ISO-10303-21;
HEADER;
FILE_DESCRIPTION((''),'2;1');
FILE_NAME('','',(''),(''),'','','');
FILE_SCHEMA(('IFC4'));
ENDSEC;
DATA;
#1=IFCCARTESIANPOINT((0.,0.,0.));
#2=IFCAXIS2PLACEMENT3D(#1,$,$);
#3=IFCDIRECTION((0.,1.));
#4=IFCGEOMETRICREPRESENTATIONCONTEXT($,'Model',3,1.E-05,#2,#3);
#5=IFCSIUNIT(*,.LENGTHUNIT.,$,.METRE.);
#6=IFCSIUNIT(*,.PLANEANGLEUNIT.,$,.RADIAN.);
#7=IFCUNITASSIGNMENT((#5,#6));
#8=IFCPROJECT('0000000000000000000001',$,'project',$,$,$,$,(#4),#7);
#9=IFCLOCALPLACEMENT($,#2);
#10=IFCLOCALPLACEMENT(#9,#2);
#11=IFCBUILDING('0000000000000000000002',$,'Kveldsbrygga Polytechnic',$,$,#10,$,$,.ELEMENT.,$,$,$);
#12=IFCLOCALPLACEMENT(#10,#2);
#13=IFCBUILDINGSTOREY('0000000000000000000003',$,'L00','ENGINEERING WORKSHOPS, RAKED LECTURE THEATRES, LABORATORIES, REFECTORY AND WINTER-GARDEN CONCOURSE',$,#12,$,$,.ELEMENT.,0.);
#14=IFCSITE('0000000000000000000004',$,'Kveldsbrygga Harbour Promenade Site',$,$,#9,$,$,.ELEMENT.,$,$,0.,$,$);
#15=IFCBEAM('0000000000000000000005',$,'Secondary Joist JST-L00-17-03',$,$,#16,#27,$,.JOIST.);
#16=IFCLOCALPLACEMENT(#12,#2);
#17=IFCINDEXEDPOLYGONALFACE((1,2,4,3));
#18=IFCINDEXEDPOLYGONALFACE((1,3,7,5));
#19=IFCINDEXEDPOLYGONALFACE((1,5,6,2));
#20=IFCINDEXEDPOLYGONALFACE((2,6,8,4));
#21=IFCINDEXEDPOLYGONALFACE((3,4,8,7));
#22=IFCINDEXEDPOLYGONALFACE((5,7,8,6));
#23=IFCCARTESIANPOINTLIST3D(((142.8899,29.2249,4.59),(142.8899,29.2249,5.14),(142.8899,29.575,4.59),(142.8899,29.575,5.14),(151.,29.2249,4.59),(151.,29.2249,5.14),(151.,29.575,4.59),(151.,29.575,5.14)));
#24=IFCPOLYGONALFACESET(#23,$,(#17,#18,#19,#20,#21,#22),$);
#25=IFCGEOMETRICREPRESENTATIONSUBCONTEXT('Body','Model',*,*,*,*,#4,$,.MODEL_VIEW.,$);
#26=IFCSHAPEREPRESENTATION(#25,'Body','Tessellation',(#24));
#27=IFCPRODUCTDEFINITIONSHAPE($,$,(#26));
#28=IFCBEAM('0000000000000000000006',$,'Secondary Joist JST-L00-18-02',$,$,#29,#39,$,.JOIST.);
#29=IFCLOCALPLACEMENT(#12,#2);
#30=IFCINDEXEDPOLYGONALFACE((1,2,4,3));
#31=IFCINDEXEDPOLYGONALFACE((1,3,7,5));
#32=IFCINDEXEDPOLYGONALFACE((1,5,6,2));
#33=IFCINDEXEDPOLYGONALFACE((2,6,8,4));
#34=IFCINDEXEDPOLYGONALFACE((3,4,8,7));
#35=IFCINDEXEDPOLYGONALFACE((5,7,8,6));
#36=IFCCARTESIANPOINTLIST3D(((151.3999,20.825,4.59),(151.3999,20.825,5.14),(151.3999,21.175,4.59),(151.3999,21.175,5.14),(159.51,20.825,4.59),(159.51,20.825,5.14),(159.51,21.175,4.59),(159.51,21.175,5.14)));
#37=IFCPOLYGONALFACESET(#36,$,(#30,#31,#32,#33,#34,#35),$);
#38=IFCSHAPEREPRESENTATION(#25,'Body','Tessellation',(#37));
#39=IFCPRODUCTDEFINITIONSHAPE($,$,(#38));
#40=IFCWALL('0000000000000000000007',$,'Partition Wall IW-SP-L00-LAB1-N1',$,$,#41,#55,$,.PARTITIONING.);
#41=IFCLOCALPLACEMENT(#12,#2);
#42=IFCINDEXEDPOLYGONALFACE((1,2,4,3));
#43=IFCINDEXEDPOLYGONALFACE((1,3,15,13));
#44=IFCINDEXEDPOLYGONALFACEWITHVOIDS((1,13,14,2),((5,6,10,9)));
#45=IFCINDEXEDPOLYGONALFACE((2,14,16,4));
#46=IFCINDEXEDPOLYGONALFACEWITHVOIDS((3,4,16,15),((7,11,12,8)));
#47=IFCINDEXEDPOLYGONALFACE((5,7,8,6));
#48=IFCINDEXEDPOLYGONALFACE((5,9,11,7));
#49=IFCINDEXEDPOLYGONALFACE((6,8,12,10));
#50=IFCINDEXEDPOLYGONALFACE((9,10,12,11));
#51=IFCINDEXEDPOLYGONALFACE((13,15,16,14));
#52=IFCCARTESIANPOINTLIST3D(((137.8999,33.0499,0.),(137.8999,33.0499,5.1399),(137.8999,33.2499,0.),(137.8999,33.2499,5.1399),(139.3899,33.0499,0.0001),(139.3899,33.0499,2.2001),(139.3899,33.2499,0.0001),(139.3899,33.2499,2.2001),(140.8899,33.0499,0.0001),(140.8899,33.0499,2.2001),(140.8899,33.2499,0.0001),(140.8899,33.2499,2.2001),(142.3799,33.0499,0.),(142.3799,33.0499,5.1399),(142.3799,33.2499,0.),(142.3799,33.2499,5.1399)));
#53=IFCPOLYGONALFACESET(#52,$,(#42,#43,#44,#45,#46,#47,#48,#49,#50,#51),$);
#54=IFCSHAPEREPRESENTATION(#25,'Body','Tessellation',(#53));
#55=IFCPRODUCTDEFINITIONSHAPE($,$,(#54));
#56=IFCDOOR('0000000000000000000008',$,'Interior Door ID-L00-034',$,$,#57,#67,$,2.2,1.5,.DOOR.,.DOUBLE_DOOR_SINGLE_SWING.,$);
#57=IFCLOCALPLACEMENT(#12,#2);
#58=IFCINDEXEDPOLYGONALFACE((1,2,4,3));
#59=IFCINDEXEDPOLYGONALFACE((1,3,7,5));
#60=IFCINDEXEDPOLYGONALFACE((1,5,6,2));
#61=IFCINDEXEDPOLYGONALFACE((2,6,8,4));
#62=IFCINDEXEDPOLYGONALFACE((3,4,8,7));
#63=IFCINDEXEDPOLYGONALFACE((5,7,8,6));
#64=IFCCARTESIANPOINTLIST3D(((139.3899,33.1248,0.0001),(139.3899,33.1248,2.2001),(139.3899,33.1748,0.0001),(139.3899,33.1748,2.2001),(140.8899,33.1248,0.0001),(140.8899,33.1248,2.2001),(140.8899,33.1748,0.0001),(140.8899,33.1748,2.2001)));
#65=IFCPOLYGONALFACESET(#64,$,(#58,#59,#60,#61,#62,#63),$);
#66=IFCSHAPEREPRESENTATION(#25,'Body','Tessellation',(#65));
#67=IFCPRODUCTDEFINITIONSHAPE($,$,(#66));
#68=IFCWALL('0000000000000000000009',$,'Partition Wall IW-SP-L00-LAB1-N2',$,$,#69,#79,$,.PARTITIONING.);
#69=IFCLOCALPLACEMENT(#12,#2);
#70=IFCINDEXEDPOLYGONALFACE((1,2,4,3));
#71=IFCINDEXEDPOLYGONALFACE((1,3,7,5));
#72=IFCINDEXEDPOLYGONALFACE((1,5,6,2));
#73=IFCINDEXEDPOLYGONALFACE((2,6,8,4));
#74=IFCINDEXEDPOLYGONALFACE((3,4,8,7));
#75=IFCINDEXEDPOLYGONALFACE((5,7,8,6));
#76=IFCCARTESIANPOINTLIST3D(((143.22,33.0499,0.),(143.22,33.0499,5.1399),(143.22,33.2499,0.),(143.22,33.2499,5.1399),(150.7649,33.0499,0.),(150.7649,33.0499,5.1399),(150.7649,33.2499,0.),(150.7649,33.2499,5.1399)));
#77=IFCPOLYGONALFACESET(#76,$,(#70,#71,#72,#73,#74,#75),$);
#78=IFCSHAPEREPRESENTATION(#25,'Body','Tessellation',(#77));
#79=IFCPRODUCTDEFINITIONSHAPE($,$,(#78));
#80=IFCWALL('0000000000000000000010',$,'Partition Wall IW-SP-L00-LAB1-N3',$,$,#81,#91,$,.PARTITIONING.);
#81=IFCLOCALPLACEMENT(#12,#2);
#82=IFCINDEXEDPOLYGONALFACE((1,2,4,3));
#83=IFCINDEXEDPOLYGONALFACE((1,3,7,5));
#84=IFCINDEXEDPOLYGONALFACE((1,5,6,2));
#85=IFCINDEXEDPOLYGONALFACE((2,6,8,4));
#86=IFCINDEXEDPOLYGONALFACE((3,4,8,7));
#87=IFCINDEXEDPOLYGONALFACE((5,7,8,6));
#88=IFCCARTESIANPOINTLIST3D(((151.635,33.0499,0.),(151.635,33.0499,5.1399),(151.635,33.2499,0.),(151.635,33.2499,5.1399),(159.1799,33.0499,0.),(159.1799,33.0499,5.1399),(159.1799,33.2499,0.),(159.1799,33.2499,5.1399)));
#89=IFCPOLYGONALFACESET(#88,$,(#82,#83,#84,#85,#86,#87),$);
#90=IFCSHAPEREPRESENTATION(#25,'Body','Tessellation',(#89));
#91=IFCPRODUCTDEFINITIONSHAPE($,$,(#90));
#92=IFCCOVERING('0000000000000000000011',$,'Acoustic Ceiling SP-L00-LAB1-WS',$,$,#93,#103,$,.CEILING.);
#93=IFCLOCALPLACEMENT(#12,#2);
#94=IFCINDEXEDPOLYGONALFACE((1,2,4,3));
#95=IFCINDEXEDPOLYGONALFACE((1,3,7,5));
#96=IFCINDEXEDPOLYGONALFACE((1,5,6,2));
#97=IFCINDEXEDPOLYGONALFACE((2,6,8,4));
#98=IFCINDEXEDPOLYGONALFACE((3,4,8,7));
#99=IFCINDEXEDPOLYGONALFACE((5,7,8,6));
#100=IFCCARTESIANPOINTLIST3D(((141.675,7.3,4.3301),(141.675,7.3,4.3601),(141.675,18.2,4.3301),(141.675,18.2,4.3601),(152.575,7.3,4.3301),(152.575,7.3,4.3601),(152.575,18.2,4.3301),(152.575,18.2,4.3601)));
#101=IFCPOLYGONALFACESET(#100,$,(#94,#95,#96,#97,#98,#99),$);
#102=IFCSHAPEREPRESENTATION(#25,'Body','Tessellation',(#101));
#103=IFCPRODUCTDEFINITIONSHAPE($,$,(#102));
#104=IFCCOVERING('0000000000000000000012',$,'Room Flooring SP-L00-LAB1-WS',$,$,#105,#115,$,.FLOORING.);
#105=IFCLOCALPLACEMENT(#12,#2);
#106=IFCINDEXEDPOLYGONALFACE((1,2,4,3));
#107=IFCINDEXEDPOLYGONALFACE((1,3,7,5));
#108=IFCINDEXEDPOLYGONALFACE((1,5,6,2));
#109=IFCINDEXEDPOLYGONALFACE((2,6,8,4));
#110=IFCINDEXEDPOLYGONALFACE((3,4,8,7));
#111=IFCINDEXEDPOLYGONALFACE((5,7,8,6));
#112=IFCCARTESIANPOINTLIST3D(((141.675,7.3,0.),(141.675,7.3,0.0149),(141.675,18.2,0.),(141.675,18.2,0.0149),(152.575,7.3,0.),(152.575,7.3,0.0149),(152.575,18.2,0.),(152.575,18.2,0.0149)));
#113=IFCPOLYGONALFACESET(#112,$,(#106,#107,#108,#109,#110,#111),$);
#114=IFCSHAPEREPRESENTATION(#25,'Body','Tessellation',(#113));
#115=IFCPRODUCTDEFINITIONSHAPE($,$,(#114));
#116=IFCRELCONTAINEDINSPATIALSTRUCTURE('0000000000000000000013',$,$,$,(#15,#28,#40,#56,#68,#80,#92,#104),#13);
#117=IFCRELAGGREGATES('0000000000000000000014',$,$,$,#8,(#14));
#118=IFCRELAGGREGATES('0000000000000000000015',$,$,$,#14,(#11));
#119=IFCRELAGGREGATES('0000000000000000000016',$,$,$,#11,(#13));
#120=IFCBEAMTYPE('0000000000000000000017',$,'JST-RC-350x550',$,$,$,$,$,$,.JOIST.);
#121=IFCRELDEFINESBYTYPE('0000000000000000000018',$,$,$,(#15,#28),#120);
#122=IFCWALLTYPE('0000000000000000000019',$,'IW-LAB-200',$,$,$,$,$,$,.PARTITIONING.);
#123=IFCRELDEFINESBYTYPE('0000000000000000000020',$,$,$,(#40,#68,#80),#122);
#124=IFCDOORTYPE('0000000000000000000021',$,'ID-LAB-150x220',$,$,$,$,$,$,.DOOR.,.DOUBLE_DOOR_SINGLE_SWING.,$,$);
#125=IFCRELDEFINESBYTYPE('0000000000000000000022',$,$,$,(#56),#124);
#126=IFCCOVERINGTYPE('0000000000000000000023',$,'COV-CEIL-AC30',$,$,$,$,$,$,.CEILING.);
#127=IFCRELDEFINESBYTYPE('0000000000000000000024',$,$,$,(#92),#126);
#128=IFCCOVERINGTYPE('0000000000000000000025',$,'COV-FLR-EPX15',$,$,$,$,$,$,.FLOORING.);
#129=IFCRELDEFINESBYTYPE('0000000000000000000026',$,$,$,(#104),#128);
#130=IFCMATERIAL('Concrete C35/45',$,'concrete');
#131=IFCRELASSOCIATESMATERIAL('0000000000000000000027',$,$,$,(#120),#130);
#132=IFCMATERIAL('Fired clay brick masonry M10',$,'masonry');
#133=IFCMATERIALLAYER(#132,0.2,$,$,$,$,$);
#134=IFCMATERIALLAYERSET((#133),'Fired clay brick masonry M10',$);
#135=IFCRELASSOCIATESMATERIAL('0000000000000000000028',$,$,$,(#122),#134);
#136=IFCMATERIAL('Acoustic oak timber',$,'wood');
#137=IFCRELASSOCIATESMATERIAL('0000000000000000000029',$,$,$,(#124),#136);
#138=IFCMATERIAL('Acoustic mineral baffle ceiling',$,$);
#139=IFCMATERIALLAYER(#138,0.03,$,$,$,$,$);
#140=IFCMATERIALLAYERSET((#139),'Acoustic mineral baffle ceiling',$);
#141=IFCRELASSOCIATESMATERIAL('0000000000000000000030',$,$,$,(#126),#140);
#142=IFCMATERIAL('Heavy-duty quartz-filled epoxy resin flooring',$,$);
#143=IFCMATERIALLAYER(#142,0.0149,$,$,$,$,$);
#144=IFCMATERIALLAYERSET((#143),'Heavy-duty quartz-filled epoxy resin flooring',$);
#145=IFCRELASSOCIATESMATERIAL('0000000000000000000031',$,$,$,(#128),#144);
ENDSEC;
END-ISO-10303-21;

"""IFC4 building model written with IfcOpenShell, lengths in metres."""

from ifc_helpers import new_model, si_unit, direction, frame, frame_2d, origin, origin_2d, place, context, subcontext, project, spatial, rectangle, extrude, material, layer, layer_set, material_profile, profile_set, type_object, element, fill, save


model = new_model("IFC4")

# Units and contexts
model_context = context("Model", 3, precision=1e-05, world=origin(), true_north=direction((0.0, 1.0)))
body_context = subcontext(model_context, "Body", "Model", "MODEL_VIEW")
ifc_project = project(units=[si_unit("LENGTHUNIT", "METRE"), si_unit("PLANEANGLEUNIT", "RADIAN")], contexts=[model_context])

# Site, building, storey
site_placement = place(None, origin())
site = spatial("IfcSite", under=ifc_project, at=site_placement, Name="Kveldsbrygga Harbour Promenade Site", CompositionType="ELEMENT", RefElevation=0.0)
building_placement = place(site_placement, origin())
building = spatial("IfcBuilding", under=site, at=building_placement, Name="Kveldsbrygga Polytechnic", CompositionType="ELEMENT")
storey_placement = place(building_placement, origin())
storey = spatial("IfcBuildingStorey", under=building, at=storey_placement, Name="L00", Description="ENGINEERING WORKSHOPS, RAKED LECTURE THEATRES, LABORATORIES, REFECTORY AND WINTER-GARDEN CONCOURSE", CompositionType="ELEMENT", Elevation=0.0)

# Beams
ifc_material_1 = material(Name="Concrete C35/45", Category="concrete")
ifc_material_profile_1 = material_profile(ifc_material_1, rectangle(XDim=0.3501, YDim=0.55, at=origin_2d()), Name="RC 350x550")
ifc_profile_set_1 = profile_set([ifc_material_profile_1], Name="Concrete C35/45")
beam_type_1 = type_object("IfcBeamType", Name="JST-RC-350x550", PredefinedType="JOIST", material=ifc_profile_set_1)
for number, where, z_axis, x_axis, name in (
    (1, (142.8899, 29.3999, 4.865), (1.0, 0.0, 0.0), (0.0, 1.0, 0.0), "Secondary Joist JST-L00-17-03"),
    (2, (151.3999, 21.0, 4.865), (1.0, 0.0, 0.0), (0.0, 1.0, 0.0), "Secondary Joist JST-L00-18-02"),
):
    element("IfcBeam", number, at=place(storey_placement, frame(where, z_axis=z_axis, x_axis=x_axis)), inside=storey, type_object=beam_type_1, Name=name, PredefinedType="JOIST", context=body_context, shape_type="SweptSolid", body=[
        extrude(rectangle(XDim=0.3501, YDim=0.55, at=origin_2d()), origin(), (0.0, 0.0, 1.0), 8.1101),
    ])

# Wall, opening, door
ifc_material_2 = material(Name="Fired clay brick masonry M10", Category="masonry")
ifc_layer_1 = layer(ifc_material_2, 0.2)
ifc_layer_set_1 = layer_set([ifc_layer_1], Name="Fired clay brick masonry M10")
wall_type = type_object("IfcWallType", Name="IW-LAB-200", PredefinedType="PARTITIONING", material=ifc_layer_set_1)
wall_placement = place(storey_placement, frame((137.8999, 33.1499, 0.0), z_axis=(0.0, 0.0, 1.0), x_axis=(1.0, 0.0, 0.0)))
wall = element("IfcWall", 3, at=wall_placement, inside=storey, type_object=wall_type, Name="Partition Wall IW-SP-L00-LAB1-N1", PredefinedType="PARTITIONING", context=body_context, shape_type="SweptSolid", body=[
    extrude(rectangle(XDim=4.48, YDim=0.2, at=frame_2d((2.24, 0.0))), origin(), (0.0, 0.0, 1.0), 5.1399),
])
opening_placement = place(wall_placement, frame((1.49, 0.0, 0.0)))
opening = element("IfcOpeningElement", 4, at=opening_placement, cuts=wall, PredefinedType="OPENING", context=body_context, shape_type="SweptSolid", body=[
    extrude(rectangle(XDim=1.5, YDim=2.2, at=frame_2d((0.75, 1.1001))), frame((0.0, 0.1099, 0.0), z_axis=(0.0, -1.0, 0.0), x_axis=(1.0, 0.0, 0.0)), (0.0, 0.0, 1.0), 0.22),
])
ifc_material_3 = material(Name="Acoustic oak timber", Category="wood")
door_type = type_object("IfcDoorType", Name="ID-LAB-150x220", OperationType="DOUBLE_DOOR_SINGLE_SWING", PredefinedType="DOOR", material=ifc_material_3)
door_placement = place(opening_placement, origin())
door = element("IfcDoor", 5, at=door_placement, inside=storey, type_object=door_type, Name="Interior Door ID-L00-034", OperationType="DOUBLE_DOOR_SINGLE_SWING", OverallHeight=2.2, OverallWidth=1.5, PredefinedType="DOOR", context=body_context, shape_type="SweptSolid", body=[
    extrude(rectangle(XDim=1.5, YDim=2.2, at=frame_2d((0.75, 1.1001))), frame((0.0, 0.0249, 0.0), z_axis=(0.0, -1.0, 0.0), x_axis=(1.0, 0.0, 0.0)), (0.0, 0.0, 1.0), 0.05),
])
fill(opening, door)

# Walls
for number, where, z_axis, x_axis, name in (
    (6, (143.22, 33.1499, 0.0), (0.0, 0.0, 1.0), (1.0, 0.0, 0.0), "Partition Wall IW-SP-L00-LAB1-N2"),
    (7, (151.635, 33.1499, 0.0), (0.0, 0.0, 1.0), (1.0, 0.0, 0.0), "Partition Wall IW-SP-L00-LAB1-N3"),
):
    element("IfcWall", number, at=place(storey_placement, frame(where, z_axis=z_axis, x_axis=x_axis)), inside=storey, type_object=wall_type, Name=name, PredefinedType="PARTITIONING", context=body_context, shape_type="SweptSolid", body=[
        extrude(rectangle(XDim=7.5449, YDim=0.2, at=frame_2d((3.7725, 0.0))), origin(), (0.0, 0.0, 1.0), 5.1399),
    ])

# Coverings
ifc_material_4 = material(Name="Acoustic mineral baffle ceiling")
ifc_layer_2 = layer(ifc_material_4, 0.03)
ifc_layer_set_2 = layer_set([ifc_layer_2], Name="Acoustic mineral baffle ceiling")
covering_type_1 = type_object("IfcCoveringType", Name="COV-CEIL-AC30", PredefinedType="CEILING", material=ifc_layer_set_2)
covering_1_placement = place(storey_placement, frame((147.125, 12.75, 4.3301), z_axis=(0.0, 0.0, 1.0), x_axis=(1.0, 0.0, 0.0)))
element("IfcCovering", 8, at=covering_1_placement, inside=storey, type_object=covering_type_1, Name="Acoustic Ceiling SP-L00-LAB1-WS", PredefinedType="CEILING", context=body_context, shape_type="SweptSolid", body=[
    extrude(rectangle(XDim=10.8999, YDim=10.8999, at=origin_2d()), origin(), (0.0, 0.0, 1.0), 0.03),
])
ifc_material_5 = material(Name="Heavy-duty quartz-filled epoxy resin flooring")
ifc_layer_3 = layer(ifc_material_5, 0.0149)
ifc_layer_set_3 = layer_set([ifc_layer_3], Name="Heavy-duty quartz-filled epoxy resin flooring")
covering_type_2 = type_object("IfcCoveringType", Name="COV-FLR-EPX15", PredefinedType="FLOORING", material=ifc_layer_set_3)
covering_2_placement = place(storey_placement, frame((147.125, 12.75, 0.0), z_axis=(0.0, 0.0, 1.0), x_axis=(1.0, 0.0, 0.0)))
element("IfcCovering", 9, at=covering_2_placement, inside=storey, type_object=covering_type_2, Name="Room Flooring SP-L00-LAB1-WS", PredefinedType="FLOORING", context=body_context, shape_type="SweptSolid", body=[
    extrude(rectangle(XDim=10.8999, YDim=10.8999, at=origin_2d()), origin(), (0.0, 0.0, 1.0), 0.0149),
])

save(model, "model.ifc")
